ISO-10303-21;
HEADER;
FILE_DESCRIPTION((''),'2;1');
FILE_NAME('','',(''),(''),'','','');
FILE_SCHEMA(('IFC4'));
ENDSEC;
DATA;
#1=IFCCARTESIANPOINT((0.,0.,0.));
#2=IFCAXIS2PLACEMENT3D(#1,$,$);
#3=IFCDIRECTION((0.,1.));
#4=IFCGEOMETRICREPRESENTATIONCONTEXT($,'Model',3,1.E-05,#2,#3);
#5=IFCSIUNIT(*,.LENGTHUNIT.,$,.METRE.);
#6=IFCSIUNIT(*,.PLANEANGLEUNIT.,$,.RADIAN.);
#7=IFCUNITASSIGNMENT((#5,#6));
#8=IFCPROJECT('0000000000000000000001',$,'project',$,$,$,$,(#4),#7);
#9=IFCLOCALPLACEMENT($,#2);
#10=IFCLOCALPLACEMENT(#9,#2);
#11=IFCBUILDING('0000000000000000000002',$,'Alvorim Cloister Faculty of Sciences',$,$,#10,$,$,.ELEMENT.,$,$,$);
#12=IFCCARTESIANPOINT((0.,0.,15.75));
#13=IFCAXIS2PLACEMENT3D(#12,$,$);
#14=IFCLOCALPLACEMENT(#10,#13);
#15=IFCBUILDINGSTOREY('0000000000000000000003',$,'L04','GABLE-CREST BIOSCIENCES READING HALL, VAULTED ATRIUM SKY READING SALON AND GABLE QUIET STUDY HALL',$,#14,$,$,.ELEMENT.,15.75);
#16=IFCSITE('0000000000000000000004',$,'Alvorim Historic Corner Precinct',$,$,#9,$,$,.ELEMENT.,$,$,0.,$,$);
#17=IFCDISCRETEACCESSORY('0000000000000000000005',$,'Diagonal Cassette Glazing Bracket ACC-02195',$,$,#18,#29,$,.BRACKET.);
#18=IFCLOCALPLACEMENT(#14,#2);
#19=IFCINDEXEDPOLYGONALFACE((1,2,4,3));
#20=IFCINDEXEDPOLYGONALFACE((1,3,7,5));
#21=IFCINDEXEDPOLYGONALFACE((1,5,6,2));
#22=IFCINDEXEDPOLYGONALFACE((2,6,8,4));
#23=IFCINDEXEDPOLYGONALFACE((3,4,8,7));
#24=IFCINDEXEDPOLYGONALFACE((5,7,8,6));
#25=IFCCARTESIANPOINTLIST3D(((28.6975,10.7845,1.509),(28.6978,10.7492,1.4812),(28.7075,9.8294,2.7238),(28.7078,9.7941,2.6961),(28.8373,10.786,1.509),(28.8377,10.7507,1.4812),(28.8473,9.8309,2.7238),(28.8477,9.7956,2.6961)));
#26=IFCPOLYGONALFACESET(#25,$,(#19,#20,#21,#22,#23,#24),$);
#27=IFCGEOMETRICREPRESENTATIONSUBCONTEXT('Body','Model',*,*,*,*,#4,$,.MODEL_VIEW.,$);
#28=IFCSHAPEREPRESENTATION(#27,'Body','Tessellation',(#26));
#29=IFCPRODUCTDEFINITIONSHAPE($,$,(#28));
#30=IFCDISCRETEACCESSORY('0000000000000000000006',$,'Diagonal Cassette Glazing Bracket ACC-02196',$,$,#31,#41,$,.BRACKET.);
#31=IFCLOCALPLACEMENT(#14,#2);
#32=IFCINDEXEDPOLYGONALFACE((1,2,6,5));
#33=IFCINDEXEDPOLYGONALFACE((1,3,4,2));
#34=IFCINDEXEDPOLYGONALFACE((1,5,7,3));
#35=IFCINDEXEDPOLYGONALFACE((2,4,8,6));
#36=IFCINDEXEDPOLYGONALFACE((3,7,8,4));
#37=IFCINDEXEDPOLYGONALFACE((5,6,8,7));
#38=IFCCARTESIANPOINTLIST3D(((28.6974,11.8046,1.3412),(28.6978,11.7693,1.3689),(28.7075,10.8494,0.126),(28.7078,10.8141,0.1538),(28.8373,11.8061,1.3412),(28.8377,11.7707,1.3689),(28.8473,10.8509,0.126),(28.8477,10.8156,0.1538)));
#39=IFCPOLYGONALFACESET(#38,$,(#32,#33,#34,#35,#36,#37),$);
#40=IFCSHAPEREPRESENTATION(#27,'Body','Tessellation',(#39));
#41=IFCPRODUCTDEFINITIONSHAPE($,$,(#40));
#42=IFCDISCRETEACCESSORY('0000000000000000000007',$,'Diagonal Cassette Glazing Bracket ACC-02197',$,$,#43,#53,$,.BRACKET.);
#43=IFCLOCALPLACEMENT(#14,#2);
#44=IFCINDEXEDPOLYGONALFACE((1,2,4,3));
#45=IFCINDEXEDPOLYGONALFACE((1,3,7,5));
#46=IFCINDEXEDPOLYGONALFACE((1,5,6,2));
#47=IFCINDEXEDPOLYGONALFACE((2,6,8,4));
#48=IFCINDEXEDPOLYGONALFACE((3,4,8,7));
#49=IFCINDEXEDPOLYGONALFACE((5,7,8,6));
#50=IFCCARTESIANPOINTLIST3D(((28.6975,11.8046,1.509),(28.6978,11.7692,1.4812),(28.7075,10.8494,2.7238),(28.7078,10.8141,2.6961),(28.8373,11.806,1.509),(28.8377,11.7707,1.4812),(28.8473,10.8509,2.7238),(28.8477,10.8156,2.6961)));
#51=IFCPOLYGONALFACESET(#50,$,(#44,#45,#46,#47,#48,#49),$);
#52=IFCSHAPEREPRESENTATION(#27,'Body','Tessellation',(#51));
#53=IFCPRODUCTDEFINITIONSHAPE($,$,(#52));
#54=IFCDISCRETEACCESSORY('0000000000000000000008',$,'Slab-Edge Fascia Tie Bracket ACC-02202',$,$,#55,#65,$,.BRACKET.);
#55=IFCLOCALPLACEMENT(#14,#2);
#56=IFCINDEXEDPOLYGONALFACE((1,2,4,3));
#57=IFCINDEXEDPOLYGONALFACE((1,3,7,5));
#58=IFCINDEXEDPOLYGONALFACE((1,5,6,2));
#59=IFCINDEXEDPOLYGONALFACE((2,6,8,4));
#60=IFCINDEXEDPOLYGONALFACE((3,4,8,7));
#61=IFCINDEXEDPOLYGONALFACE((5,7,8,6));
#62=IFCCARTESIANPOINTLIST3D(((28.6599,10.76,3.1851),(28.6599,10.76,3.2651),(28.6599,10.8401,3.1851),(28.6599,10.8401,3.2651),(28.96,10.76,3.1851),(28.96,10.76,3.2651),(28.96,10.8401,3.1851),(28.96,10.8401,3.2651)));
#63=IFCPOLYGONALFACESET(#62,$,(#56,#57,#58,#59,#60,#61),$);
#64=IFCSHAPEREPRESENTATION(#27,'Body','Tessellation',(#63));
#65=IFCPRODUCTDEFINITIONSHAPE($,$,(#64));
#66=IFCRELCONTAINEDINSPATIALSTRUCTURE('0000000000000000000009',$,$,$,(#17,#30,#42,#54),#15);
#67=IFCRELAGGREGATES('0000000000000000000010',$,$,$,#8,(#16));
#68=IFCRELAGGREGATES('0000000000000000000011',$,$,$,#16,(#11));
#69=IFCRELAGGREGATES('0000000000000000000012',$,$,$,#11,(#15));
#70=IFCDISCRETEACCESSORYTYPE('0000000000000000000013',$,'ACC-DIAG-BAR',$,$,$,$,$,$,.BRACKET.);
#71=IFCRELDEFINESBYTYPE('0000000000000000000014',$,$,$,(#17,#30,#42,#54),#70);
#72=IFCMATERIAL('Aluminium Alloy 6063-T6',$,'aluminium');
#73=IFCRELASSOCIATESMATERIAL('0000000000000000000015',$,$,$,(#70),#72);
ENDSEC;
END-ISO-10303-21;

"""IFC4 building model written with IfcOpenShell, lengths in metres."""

from ifc_helpers import new_model, si_unit, direction, frame, origin, origin_2d, place, context, subcontext, project, spatial, rectangle, extrude, material, type_object, element, save


model = new_model("IFC4")

# Units and contexts
model_context = context("Model", 3, precision=1e-05, world=origin(), true_north=direction((0.0, 1.0)))
body_context = subcontext(model_context, "Body", "Model", "MODEL_VIEW")
ifc_project = project(units=[si_unit("LENGTHUNIT", "METRE"), si_unit("PLANEANGLEUNIT", "RADIAN")], contexts=[model_context])

# Site, building, storey
site_placement = place(None, origin())
site = spatial("IfcSite", under=ifc_project, at=site_placement, Name="Alvorim Historic Corner Precinct", CompositionType="ELEMENT", RefElevation=0.0)
building_placement = place(site_placement, origin())
building = spatial("IfcBuilding", under=site, at=building_placement, Name="Alvorim Cloister Faculty of Sciences", CompositionType="ELEMENT")
storey_placement = place(building_placement, frame((0.0, 0.0, 15.75)))
storey = spatial("IfcBuildingStorey", under=building, at=storey_placement, Name="L04", Description="GABLE-CREST BIOSCIENCES READING HALL, VAULTED ATRIUM SKY READING SALON AND GABLE QUIET STUDY HALL", CompositionType="ELEMENT", Elevation=15.75)

# Shared definitions
ifc_material_1 = material(Name="Aluminium Alloy 6063-T6", Category="aluminium")

# Discrete accessories
discrete_accessory_type = type_object("IfcDiscreteAccessoryType", Name="ACC-DIAG-BAR", PredefinedType="BRACKET", material=ifc_material_1)
discrete_accessory_1_placement = place(storey_placement, frame((28.7776, 9.8125, 2.71), z_axis=(-0.006477, 0.618032, -0.786126), x_axis=(-0.999945, -0.01048, 0.0)))
element("IfcDiscreteAccessory", 1, at=discrete_accessory_1_placement, inside=storey, type_object=discrete_accessory_type, Name="Diagonal Cassette Glazing Bracket ACC-02195", PredefinedType="BRACKET", context=body_context, shape_type="SweptSolid", body=[
    extrude(rectangle(XDim=0.1399, YDim=0.0449, at=origin_2d()), origin(), (0.0, 0.0, 1.0), 1.5454),
])
discrete_accessory_2_placement = place(storey_placement, frame((28.7776, 10.8325, 0.1399), z_axis=(-0.006477, 0.617955, 0.786187), x_axis=(-0.999945, -0.01048, 0.0)))
element("IfcDiscreteAccessory", 2, at=discrete_accessory_2_placement, inside=storey, type_object=discrete_accessory_type, Name="Diagonal Cassette Glazing Bracket ACC-02196", PredefinedType="BRACKET", context=body_context, shape_type="SweptSolid", body=[
    extrude(rectangle(XDim=0.1399, YDim=0.0449, at=origin_2d()), origin(), (0.0, 0.0, 1.0), 1.5457),
])
discrete_accessory_3_placement = place(storey_placement, frame((28.7776, 10.8325, 2.71), z_axis=(-0.006477, 0.618032, -0.786126), x_axis=(-0.999945, -0.01048, 0.0)))
element("IfcDiscreteAccessory", 3, at=discrete_accessory_3_placement, inside=storey, type_object=discrete_accessory_type, Name="Diagonal Cassette Glazing Bracket ACC-02197", PredefinedType="BRACKET", context=body_context, shape_type="SweptSolid", body=[
    extrude(rectangle(XDim=0.1399, YDim=0.0449, at=origin_2d()), origin(), (0.0, 0.0, 1.0), 1.5454),
])
discrete_accessory_4_placement = place(storey_placement, frame((28.6599, 10.8, 3.2251), z_axis=(1.0, 0.0, 0.0), x_axis=(0.0, 1.0, 0.0)))
element("IfcDiscreteAccessory", 4, at=discrete_accessory_4_placement, inside=storey, type_object=discrete_accessory_type, Name="Slab-Edge Fascia Tie Bracket ACC-02202", PredefinedType="BRACKET", context=body_context, shape_type="SweptSolid", body=[
    extrude(rectangle(XDim=0.0801, YDim=0.0801, at=origin_2d()), origin(), (0.0, 0.0, 1.0), 0.3),
])

save(model, "model.ifc")
